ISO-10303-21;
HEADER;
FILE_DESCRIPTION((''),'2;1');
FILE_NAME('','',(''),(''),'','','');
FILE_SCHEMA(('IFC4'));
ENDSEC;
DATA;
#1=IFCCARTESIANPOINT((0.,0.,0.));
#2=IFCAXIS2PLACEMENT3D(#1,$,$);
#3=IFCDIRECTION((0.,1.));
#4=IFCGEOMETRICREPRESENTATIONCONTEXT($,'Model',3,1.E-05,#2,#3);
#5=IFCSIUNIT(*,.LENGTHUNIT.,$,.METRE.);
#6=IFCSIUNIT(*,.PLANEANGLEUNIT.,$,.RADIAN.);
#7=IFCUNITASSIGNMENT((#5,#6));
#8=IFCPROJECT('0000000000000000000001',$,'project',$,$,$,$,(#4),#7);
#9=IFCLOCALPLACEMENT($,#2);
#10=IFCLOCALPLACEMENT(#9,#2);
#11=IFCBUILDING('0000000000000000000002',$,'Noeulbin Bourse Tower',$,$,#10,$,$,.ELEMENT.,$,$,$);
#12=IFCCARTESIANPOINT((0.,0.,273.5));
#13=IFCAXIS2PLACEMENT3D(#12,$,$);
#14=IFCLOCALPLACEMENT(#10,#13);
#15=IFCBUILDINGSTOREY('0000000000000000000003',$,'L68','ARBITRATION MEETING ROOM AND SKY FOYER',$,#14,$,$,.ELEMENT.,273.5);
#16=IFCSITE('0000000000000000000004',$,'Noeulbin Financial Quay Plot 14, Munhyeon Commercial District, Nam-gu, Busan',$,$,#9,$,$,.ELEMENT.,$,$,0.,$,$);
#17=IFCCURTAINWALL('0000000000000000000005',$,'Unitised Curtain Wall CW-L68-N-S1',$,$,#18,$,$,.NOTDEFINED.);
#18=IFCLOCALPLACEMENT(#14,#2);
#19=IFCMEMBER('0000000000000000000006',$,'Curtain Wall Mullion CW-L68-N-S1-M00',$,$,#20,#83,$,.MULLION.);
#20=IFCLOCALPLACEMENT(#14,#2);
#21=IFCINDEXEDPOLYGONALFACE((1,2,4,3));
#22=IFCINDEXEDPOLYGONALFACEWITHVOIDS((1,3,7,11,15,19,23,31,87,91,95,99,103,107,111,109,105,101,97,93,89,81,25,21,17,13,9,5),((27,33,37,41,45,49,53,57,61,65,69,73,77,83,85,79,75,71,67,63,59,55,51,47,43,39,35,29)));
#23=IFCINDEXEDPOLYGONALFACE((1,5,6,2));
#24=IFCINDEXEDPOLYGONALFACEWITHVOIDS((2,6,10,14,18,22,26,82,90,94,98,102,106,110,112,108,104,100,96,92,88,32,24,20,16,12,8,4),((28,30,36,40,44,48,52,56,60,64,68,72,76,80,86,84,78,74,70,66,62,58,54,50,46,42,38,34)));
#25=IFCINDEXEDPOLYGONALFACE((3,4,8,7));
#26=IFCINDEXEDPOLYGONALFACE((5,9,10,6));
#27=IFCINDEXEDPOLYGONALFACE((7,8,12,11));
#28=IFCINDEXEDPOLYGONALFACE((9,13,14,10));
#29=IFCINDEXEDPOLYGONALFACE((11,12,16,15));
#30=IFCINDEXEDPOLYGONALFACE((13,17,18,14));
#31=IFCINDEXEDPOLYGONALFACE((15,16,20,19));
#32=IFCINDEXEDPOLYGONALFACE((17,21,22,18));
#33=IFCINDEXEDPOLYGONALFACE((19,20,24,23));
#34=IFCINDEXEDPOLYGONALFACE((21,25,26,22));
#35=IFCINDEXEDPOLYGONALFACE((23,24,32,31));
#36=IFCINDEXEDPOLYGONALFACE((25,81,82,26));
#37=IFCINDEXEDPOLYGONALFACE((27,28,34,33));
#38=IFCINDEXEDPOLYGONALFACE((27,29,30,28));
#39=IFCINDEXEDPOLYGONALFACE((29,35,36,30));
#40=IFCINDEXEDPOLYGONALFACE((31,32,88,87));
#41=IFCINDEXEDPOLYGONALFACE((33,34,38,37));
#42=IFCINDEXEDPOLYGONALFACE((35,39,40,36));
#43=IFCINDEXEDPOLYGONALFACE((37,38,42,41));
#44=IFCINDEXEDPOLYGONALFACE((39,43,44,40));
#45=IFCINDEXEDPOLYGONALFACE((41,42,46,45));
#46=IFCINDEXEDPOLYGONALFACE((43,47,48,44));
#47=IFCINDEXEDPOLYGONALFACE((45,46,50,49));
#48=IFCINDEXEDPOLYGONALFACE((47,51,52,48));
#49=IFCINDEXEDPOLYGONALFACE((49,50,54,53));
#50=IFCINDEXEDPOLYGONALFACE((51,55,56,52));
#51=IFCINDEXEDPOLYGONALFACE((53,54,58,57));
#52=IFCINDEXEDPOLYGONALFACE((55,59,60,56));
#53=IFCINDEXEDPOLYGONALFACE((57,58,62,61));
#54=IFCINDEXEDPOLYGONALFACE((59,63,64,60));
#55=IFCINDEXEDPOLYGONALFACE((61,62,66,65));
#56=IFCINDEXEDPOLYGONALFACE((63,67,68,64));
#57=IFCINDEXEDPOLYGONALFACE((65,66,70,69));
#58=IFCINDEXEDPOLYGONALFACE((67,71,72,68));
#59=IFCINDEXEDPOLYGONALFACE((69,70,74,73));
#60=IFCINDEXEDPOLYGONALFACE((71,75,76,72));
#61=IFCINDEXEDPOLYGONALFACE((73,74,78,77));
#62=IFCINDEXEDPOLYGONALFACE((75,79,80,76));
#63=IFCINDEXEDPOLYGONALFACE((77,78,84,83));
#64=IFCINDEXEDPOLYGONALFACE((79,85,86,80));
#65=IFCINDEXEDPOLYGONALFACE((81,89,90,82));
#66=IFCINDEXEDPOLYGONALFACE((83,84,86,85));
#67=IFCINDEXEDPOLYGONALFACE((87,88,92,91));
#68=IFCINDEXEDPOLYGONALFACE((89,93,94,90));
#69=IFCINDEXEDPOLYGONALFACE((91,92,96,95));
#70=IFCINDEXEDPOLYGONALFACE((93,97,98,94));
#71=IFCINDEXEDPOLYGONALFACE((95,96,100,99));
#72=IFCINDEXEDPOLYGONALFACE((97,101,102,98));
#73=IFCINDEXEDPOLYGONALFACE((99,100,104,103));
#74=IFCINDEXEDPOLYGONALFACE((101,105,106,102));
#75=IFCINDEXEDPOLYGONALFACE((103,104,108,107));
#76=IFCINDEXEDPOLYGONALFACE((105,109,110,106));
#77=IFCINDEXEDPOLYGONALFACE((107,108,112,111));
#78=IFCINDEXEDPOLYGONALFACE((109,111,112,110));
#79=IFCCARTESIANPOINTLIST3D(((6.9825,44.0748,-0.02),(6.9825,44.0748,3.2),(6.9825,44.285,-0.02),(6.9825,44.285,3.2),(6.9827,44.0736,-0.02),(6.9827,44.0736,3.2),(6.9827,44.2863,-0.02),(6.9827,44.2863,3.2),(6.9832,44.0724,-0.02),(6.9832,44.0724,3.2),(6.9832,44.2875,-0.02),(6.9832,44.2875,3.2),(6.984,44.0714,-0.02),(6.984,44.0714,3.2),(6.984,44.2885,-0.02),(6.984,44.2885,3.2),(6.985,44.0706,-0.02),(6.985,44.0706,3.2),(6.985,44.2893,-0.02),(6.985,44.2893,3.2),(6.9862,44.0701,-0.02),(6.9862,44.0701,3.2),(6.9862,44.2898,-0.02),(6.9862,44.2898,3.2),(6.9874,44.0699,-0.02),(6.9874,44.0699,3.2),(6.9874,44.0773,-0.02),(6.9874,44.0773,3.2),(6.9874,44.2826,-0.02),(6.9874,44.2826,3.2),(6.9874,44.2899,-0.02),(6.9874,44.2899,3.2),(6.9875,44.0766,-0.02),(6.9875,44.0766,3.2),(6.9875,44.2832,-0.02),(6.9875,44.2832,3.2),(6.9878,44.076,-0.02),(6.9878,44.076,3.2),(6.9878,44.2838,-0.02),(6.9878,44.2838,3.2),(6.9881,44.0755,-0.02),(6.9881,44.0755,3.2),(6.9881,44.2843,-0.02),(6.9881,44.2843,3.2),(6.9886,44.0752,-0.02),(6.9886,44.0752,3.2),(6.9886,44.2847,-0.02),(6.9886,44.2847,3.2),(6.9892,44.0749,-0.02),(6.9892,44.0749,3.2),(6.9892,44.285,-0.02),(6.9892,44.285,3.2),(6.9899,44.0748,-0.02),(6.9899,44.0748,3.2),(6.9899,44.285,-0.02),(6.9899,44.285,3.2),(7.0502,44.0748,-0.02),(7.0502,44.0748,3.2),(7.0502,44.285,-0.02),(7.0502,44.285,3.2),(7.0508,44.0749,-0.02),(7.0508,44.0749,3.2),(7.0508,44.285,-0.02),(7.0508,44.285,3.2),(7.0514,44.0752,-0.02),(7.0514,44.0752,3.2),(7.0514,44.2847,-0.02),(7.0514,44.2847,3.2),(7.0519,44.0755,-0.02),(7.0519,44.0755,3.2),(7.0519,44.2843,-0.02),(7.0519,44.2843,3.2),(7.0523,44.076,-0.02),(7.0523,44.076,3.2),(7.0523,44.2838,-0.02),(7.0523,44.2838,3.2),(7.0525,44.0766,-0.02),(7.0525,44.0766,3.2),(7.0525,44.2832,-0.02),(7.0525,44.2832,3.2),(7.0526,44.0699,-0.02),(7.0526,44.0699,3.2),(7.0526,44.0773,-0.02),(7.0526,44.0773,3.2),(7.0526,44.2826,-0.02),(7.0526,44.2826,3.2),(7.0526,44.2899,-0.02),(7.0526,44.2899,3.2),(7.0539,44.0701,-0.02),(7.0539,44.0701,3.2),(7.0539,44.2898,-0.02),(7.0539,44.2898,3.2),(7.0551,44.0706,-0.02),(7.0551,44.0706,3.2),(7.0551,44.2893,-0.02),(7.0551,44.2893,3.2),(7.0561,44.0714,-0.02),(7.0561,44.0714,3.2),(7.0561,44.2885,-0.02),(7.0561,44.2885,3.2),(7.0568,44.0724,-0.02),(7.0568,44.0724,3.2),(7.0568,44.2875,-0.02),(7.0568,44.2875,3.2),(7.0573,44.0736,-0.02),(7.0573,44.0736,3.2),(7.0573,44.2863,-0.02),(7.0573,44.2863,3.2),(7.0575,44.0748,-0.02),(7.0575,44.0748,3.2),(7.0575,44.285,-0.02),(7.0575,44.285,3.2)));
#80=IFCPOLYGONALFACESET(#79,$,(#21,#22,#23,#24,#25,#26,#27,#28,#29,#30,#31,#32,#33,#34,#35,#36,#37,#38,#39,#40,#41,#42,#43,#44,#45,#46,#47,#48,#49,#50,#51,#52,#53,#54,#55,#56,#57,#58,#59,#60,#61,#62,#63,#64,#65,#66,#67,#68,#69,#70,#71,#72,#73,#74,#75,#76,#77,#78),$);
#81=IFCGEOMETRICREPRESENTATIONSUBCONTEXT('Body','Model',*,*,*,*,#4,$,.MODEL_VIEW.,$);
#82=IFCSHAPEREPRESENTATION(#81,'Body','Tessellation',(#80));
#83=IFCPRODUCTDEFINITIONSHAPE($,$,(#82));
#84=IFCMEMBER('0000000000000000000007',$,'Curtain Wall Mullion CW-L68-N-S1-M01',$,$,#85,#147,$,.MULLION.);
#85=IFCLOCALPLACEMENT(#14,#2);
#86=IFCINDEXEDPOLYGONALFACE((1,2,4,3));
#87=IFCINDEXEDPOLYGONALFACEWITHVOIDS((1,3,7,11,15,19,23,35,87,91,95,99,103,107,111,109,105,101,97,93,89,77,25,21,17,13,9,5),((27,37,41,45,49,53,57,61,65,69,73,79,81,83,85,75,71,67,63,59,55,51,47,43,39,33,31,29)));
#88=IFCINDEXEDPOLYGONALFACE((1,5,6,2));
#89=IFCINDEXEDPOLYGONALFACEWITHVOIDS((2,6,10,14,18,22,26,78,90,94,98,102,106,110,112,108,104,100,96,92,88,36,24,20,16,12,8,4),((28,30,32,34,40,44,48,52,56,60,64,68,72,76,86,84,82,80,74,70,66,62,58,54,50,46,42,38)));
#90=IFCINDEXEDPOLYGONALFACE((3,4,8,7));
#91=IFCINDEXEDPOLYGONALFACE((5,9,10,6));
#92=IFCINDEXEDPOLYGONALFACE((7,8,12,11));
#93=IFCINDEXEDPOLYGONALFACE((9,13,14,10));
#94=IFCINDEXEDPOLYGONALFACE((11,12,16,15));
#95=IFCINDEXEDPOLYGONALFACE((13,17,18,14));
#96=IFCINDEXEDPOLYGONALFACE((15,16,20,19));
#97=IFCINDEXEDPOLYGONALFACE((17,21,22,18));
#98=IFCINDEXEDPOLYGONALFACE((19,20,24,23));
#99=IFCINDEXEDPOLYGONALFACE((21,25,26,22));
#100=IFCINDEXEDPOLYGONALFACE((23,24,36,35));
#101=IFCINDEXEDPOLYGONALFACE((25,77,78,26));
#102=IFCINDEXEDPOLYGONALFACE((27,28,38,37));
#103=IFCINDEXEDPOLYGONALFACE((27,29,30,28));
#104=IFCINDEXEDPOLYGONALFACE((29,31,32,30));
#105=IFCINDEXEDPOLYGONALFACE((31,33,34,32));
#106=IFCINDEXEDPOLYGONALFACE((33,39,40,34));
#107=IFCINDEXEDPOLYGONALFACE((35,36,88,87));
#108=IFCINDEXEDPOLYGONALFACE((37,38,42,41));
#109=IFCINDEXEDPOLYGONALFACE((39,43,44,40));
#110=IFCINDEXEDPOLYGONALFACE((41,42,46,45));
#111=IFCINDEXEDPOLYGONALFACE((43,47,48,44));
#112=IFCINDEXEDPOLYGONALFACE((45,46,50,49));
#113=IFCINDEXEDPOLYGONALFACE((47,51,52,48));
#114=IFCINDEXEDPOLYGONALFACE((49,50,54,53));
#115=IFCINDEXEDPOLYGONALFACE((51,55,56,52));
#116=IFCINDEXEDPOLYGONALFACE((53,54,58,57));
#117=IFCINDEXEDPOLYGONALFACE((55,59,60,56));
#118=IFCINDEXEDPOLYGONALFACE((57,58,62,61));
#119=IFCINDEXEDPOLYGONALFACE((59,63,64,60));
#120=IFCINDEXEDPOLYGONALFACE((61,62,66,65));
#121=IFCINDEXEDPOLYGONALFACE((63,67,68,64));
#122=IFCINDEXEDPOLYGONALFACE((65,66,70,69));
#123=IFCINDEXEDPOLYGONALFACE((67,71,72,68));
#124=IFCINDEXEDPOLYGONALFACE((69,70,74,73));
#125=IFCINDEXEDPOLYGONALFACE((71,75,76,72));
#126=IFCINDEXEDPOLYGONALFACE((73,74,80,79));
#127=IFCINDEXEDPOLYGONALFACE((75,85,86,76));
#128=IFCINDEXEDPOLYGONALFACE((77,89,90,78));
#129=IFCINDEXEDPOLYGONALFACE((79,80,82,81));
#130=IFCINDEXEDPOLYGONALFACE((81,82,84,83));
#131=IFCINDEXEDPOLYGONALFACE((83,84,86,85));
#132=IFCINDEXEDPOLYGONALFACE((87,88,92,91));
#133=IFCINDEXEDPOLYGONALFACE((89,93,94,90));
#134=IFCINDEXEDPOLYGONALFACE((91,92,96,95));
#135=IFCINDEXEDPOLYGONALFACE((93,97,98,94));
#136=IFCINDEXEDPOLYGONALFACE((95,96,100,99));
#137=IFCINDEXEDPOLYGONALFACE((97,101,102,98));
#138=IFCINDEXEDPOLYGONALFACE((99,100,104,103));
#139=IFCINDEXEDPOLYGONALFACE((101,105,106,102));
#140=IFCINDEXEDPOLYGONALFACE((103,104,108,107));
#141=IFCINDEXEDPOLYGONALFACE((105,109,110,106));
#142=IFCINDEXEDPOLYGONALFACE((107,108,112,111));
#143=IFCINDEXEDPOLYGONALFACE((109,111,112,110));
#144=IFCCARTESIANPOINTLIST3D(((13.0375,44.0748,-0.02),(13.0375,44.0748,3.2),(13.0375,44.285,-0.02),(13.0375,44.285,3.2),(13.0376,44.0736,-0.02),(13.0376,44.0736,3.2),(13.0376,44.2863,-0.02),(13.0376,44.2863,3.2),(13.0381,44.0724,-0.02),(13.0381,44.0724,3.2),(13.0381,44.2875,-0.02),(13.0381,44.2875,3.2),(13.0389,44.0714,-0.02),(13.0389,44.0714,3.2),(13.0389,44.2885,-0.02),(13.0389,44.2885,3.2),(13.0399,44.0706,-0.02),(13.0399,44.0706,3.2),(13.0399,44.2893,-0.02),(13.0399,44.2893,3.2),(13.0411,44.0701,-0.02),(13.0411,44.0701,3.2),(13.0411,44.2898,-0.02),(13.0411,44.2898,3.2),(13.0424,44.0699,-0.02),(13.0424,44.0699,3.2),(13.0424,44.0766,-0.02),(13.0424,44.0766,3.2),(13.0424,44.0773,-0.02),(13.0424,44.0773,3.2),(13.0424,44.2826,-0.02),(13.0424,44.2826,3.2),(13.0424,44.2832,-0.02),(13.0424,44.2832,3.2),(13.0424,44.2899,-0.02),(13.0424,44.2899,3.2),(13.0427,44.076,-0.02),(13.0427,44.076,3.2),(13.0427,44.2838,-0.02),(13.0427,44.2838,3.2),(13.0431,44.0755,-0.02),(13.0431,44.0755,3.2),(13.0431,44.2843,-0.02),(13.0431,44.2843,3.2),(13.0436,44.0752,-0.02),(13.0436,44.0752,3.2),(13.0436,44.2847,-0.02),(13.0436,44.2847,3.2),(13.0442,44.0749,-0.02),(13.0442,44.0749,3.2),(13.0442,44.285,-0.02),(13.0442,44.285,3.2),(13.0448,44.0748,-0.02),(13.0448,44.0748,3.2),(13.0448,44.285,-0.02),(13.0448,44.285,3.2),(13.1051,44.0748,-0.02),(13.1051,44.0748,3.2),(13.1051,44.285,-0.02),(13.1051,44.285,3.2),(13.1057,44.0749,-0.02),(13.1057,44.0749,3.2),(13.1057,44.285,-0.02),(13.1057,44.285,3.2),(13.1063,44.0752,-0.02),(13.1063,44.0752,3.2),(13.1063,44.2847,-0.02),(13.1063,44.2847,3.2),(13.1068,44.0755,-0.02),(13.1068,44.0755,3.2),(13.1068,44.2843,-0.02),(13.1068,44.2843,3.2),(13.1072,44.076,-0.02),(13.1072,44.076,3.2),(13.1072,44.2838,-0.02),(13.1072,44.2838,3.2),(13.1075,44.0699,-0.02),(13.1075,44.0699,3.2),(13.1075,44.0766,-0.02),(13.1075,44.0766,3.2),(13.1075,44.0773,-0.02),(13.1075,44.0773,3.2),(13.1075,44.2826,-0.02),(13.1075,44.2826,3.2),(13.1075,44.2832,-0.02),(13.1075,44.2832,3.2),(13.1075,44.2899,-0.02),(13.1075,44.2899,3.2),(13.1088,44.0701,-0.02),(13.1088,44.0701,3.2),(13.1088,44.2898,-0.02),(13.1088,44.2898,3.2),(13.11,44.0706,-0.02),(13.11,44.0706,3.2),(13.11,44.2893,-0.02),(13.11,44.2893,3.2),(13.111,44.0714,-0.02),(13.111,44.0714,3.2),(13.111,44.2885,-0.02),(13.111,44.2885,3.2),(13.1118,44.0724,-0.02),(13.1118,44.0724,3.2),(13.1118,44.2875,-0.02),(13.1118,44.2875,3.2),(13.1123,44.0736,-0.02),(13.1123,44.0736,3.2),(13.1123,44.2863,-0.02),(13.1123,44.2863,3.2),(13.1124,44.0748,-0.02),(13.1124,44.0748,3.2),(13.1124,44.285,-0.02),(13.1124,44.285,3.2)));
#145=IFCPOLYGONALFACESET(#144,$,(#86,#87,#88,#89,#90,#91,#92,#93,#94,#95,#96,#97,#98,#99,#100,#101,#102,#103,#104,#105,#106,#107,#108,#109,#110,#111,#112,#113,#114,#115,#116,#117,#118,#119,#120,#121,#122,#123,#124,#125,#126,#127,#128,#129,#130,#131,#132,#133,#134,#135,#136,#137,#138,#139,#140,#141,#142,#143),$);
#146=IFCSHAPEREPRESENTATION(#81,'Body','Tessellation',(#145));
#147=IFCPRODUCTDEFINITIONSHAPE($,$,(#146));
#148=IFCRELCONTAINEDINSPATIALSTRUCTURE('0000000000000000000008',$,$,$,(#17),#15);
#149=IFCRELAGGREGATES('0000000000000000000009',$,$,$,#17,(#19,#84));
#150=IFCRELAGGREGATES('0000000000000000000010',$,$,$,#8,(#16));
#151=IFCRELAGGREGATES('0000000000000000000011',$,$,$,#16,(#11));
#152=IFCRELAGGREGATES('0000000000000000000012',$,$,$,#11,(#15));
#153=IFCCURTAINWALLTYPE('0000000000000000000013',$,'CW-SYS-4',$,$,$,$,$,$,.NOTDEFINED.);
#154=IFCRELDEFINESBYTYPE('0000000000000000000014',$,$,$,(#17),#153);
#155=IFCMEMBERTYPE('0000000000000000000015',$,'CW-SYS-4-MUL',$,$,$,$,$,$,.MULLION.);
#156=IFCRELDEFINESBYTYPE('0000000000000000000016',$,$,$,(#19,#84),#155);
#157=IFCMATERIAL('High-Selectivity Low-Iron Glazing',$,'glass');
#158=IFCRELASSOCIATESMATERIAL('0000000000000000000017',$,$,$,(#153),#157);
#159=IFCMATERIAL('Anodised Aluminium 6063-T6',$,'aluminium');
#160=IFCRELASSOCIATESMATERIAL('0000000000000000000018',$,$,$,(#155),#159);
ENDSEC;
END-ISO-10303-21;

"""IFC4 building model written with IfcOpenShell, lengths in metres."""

from ifc_helpers import new_model, si_unit, direction, frame, origin, origin_2d, place, context, subcontext, project, spatial, hollow_rectangle, extrude, material, material_profile, profile_set, type_object, element, aggregate, save


model = new_model("IFC4")

# Units and contexts
model_context = context("Model", 3, precision=1e-05, world=origin(), true_north=direction((0.0, 1.0)))
body_context = subcontext(model_context, "Body", "Model", "MODEL_VIEW")
ifc_project = project(units=[si_unit("LENGTHUNIT", "METRE"), si_unit("PLANEANGLEUNIT", "RADIAN")], contexts=[model_context])

# Site, building, storey
site_placement = place(None, origin())
site = spatial("IfcSite", under=ifc_project, at=site_placement, Name="Noeulbin Financial Quay Plot 14, Munhyeon Commercial District, Nam-gu, Busan", CompositionType="ELEMENT", RefElevation=0.0)
building_placement = place(site_placement, origin())
building = spatial("IfcBuilding", under=site, at=building_placement, Name="Noeulbin Bourse Tower", CompositionType="ELEMENT")
storey_placement = place(building_placement, frame((0.0, 0.0, 273.5)))
storey = spatial("IfcBuildingStorey", under=building, at=storey_placement, Name="L68", Description="ARBITRATION MEETING ROOM AND SKY FOYER", CompositionType="ELEMENT", Elevation=273.5)

# Curtain wall, members
ifc_material_1 = material(Name="High-Selectivity Low-Iron Glazing", Category="glass")
curtain_wall_type = type_object("IfcCurtainWallType", Name="CW-SYS-4", PredefinedType="NOTDEFINED", material=ifc_material_1)
curtain_wall_1_placement = place(storey_placement, origin())
curtain_wall_1 = element("IfcCurtainWall", 1, at=curtain_wall_1_placement, inside=storey, type_object=curtain_wall_type, Name="Unitised Curtain Wall CW-L68-N-S1", PredefinedType="NOTDEFINED")
ifc_material_2 = material(Name="Anodised Aluminium 6063-T6", Category="aluminium")
ifc_material_profile_1 = material_profile(ifc_material_2, hollow_rectangle(XDim=0.075, YDim=0.22, WallThickness=0.0049, InnerFilletRadius=0.0024, OuterFilletRadius=0.0049, at=origin_2d()), Name="ALU-MULL-75x220x5", Category="LoadBearing")
ifc_profile_set_1 = profile_set([ifc_material_profile_1], Name="Anodised Aluminium 6063-T6")
member_type_1 = type_object("IfcMemberType", Name="CW-SYS-4-MUL", PredefinedType="MULLION", material=ifc_profile_set_1)
member_1_placement = place(storey_placement, frame((7.02, 44.1799, -0.02), z_axis=(0.0, 0.0, 1.0), x_axis=(1.0, 0.0, 0.0)))
member_1 = element("IfcMember", 2, at=member_1_placement, type_object=member_type_1, Name="Curtain Wall Mullion CW-L68-N-S1-M00", PredefinedType="MULLION", context=body_context, shape_type="SweptSolid", body=[
    extrude(hollow_rectangle(XDim=0.075, YDim=0.22, WallThickness=0.0049, InnerFilletRadius=0.0024, OuterFilletRadius=0.0049, at=origin_2d()), origin(), (0.0, 0.0, 1.0), 3.22),
])
member_2_placement = place(storey_placement, frame((13.075, 44.1799, -0.02), z_axis=(0.0, 0.0, 1.0), x_axis=(1.0, 0.0, 0.0)))
member_2 = element("IfcMember", 3, at=member_2_placement, type_object=member_type_1, Name="Curtain Wall Mullion CW-L68-N-S1-M01", PredefinedType="MULLION", context=body_context, shape_type="SweptSolid", body=[
    extrude(hollow_rectangle(XDim=0.075, YDim=0.22, WallThickness=0.0049, InnerFilletRadius=0.0024, OuterFilletRadius=0.0049, at=origin_2d()), origin(), (0.0, 0.0, 1.0), 3.22),
])

aggregate(curtain_wall_1, [member_1, member_2])

save(model, "model.ifc")
